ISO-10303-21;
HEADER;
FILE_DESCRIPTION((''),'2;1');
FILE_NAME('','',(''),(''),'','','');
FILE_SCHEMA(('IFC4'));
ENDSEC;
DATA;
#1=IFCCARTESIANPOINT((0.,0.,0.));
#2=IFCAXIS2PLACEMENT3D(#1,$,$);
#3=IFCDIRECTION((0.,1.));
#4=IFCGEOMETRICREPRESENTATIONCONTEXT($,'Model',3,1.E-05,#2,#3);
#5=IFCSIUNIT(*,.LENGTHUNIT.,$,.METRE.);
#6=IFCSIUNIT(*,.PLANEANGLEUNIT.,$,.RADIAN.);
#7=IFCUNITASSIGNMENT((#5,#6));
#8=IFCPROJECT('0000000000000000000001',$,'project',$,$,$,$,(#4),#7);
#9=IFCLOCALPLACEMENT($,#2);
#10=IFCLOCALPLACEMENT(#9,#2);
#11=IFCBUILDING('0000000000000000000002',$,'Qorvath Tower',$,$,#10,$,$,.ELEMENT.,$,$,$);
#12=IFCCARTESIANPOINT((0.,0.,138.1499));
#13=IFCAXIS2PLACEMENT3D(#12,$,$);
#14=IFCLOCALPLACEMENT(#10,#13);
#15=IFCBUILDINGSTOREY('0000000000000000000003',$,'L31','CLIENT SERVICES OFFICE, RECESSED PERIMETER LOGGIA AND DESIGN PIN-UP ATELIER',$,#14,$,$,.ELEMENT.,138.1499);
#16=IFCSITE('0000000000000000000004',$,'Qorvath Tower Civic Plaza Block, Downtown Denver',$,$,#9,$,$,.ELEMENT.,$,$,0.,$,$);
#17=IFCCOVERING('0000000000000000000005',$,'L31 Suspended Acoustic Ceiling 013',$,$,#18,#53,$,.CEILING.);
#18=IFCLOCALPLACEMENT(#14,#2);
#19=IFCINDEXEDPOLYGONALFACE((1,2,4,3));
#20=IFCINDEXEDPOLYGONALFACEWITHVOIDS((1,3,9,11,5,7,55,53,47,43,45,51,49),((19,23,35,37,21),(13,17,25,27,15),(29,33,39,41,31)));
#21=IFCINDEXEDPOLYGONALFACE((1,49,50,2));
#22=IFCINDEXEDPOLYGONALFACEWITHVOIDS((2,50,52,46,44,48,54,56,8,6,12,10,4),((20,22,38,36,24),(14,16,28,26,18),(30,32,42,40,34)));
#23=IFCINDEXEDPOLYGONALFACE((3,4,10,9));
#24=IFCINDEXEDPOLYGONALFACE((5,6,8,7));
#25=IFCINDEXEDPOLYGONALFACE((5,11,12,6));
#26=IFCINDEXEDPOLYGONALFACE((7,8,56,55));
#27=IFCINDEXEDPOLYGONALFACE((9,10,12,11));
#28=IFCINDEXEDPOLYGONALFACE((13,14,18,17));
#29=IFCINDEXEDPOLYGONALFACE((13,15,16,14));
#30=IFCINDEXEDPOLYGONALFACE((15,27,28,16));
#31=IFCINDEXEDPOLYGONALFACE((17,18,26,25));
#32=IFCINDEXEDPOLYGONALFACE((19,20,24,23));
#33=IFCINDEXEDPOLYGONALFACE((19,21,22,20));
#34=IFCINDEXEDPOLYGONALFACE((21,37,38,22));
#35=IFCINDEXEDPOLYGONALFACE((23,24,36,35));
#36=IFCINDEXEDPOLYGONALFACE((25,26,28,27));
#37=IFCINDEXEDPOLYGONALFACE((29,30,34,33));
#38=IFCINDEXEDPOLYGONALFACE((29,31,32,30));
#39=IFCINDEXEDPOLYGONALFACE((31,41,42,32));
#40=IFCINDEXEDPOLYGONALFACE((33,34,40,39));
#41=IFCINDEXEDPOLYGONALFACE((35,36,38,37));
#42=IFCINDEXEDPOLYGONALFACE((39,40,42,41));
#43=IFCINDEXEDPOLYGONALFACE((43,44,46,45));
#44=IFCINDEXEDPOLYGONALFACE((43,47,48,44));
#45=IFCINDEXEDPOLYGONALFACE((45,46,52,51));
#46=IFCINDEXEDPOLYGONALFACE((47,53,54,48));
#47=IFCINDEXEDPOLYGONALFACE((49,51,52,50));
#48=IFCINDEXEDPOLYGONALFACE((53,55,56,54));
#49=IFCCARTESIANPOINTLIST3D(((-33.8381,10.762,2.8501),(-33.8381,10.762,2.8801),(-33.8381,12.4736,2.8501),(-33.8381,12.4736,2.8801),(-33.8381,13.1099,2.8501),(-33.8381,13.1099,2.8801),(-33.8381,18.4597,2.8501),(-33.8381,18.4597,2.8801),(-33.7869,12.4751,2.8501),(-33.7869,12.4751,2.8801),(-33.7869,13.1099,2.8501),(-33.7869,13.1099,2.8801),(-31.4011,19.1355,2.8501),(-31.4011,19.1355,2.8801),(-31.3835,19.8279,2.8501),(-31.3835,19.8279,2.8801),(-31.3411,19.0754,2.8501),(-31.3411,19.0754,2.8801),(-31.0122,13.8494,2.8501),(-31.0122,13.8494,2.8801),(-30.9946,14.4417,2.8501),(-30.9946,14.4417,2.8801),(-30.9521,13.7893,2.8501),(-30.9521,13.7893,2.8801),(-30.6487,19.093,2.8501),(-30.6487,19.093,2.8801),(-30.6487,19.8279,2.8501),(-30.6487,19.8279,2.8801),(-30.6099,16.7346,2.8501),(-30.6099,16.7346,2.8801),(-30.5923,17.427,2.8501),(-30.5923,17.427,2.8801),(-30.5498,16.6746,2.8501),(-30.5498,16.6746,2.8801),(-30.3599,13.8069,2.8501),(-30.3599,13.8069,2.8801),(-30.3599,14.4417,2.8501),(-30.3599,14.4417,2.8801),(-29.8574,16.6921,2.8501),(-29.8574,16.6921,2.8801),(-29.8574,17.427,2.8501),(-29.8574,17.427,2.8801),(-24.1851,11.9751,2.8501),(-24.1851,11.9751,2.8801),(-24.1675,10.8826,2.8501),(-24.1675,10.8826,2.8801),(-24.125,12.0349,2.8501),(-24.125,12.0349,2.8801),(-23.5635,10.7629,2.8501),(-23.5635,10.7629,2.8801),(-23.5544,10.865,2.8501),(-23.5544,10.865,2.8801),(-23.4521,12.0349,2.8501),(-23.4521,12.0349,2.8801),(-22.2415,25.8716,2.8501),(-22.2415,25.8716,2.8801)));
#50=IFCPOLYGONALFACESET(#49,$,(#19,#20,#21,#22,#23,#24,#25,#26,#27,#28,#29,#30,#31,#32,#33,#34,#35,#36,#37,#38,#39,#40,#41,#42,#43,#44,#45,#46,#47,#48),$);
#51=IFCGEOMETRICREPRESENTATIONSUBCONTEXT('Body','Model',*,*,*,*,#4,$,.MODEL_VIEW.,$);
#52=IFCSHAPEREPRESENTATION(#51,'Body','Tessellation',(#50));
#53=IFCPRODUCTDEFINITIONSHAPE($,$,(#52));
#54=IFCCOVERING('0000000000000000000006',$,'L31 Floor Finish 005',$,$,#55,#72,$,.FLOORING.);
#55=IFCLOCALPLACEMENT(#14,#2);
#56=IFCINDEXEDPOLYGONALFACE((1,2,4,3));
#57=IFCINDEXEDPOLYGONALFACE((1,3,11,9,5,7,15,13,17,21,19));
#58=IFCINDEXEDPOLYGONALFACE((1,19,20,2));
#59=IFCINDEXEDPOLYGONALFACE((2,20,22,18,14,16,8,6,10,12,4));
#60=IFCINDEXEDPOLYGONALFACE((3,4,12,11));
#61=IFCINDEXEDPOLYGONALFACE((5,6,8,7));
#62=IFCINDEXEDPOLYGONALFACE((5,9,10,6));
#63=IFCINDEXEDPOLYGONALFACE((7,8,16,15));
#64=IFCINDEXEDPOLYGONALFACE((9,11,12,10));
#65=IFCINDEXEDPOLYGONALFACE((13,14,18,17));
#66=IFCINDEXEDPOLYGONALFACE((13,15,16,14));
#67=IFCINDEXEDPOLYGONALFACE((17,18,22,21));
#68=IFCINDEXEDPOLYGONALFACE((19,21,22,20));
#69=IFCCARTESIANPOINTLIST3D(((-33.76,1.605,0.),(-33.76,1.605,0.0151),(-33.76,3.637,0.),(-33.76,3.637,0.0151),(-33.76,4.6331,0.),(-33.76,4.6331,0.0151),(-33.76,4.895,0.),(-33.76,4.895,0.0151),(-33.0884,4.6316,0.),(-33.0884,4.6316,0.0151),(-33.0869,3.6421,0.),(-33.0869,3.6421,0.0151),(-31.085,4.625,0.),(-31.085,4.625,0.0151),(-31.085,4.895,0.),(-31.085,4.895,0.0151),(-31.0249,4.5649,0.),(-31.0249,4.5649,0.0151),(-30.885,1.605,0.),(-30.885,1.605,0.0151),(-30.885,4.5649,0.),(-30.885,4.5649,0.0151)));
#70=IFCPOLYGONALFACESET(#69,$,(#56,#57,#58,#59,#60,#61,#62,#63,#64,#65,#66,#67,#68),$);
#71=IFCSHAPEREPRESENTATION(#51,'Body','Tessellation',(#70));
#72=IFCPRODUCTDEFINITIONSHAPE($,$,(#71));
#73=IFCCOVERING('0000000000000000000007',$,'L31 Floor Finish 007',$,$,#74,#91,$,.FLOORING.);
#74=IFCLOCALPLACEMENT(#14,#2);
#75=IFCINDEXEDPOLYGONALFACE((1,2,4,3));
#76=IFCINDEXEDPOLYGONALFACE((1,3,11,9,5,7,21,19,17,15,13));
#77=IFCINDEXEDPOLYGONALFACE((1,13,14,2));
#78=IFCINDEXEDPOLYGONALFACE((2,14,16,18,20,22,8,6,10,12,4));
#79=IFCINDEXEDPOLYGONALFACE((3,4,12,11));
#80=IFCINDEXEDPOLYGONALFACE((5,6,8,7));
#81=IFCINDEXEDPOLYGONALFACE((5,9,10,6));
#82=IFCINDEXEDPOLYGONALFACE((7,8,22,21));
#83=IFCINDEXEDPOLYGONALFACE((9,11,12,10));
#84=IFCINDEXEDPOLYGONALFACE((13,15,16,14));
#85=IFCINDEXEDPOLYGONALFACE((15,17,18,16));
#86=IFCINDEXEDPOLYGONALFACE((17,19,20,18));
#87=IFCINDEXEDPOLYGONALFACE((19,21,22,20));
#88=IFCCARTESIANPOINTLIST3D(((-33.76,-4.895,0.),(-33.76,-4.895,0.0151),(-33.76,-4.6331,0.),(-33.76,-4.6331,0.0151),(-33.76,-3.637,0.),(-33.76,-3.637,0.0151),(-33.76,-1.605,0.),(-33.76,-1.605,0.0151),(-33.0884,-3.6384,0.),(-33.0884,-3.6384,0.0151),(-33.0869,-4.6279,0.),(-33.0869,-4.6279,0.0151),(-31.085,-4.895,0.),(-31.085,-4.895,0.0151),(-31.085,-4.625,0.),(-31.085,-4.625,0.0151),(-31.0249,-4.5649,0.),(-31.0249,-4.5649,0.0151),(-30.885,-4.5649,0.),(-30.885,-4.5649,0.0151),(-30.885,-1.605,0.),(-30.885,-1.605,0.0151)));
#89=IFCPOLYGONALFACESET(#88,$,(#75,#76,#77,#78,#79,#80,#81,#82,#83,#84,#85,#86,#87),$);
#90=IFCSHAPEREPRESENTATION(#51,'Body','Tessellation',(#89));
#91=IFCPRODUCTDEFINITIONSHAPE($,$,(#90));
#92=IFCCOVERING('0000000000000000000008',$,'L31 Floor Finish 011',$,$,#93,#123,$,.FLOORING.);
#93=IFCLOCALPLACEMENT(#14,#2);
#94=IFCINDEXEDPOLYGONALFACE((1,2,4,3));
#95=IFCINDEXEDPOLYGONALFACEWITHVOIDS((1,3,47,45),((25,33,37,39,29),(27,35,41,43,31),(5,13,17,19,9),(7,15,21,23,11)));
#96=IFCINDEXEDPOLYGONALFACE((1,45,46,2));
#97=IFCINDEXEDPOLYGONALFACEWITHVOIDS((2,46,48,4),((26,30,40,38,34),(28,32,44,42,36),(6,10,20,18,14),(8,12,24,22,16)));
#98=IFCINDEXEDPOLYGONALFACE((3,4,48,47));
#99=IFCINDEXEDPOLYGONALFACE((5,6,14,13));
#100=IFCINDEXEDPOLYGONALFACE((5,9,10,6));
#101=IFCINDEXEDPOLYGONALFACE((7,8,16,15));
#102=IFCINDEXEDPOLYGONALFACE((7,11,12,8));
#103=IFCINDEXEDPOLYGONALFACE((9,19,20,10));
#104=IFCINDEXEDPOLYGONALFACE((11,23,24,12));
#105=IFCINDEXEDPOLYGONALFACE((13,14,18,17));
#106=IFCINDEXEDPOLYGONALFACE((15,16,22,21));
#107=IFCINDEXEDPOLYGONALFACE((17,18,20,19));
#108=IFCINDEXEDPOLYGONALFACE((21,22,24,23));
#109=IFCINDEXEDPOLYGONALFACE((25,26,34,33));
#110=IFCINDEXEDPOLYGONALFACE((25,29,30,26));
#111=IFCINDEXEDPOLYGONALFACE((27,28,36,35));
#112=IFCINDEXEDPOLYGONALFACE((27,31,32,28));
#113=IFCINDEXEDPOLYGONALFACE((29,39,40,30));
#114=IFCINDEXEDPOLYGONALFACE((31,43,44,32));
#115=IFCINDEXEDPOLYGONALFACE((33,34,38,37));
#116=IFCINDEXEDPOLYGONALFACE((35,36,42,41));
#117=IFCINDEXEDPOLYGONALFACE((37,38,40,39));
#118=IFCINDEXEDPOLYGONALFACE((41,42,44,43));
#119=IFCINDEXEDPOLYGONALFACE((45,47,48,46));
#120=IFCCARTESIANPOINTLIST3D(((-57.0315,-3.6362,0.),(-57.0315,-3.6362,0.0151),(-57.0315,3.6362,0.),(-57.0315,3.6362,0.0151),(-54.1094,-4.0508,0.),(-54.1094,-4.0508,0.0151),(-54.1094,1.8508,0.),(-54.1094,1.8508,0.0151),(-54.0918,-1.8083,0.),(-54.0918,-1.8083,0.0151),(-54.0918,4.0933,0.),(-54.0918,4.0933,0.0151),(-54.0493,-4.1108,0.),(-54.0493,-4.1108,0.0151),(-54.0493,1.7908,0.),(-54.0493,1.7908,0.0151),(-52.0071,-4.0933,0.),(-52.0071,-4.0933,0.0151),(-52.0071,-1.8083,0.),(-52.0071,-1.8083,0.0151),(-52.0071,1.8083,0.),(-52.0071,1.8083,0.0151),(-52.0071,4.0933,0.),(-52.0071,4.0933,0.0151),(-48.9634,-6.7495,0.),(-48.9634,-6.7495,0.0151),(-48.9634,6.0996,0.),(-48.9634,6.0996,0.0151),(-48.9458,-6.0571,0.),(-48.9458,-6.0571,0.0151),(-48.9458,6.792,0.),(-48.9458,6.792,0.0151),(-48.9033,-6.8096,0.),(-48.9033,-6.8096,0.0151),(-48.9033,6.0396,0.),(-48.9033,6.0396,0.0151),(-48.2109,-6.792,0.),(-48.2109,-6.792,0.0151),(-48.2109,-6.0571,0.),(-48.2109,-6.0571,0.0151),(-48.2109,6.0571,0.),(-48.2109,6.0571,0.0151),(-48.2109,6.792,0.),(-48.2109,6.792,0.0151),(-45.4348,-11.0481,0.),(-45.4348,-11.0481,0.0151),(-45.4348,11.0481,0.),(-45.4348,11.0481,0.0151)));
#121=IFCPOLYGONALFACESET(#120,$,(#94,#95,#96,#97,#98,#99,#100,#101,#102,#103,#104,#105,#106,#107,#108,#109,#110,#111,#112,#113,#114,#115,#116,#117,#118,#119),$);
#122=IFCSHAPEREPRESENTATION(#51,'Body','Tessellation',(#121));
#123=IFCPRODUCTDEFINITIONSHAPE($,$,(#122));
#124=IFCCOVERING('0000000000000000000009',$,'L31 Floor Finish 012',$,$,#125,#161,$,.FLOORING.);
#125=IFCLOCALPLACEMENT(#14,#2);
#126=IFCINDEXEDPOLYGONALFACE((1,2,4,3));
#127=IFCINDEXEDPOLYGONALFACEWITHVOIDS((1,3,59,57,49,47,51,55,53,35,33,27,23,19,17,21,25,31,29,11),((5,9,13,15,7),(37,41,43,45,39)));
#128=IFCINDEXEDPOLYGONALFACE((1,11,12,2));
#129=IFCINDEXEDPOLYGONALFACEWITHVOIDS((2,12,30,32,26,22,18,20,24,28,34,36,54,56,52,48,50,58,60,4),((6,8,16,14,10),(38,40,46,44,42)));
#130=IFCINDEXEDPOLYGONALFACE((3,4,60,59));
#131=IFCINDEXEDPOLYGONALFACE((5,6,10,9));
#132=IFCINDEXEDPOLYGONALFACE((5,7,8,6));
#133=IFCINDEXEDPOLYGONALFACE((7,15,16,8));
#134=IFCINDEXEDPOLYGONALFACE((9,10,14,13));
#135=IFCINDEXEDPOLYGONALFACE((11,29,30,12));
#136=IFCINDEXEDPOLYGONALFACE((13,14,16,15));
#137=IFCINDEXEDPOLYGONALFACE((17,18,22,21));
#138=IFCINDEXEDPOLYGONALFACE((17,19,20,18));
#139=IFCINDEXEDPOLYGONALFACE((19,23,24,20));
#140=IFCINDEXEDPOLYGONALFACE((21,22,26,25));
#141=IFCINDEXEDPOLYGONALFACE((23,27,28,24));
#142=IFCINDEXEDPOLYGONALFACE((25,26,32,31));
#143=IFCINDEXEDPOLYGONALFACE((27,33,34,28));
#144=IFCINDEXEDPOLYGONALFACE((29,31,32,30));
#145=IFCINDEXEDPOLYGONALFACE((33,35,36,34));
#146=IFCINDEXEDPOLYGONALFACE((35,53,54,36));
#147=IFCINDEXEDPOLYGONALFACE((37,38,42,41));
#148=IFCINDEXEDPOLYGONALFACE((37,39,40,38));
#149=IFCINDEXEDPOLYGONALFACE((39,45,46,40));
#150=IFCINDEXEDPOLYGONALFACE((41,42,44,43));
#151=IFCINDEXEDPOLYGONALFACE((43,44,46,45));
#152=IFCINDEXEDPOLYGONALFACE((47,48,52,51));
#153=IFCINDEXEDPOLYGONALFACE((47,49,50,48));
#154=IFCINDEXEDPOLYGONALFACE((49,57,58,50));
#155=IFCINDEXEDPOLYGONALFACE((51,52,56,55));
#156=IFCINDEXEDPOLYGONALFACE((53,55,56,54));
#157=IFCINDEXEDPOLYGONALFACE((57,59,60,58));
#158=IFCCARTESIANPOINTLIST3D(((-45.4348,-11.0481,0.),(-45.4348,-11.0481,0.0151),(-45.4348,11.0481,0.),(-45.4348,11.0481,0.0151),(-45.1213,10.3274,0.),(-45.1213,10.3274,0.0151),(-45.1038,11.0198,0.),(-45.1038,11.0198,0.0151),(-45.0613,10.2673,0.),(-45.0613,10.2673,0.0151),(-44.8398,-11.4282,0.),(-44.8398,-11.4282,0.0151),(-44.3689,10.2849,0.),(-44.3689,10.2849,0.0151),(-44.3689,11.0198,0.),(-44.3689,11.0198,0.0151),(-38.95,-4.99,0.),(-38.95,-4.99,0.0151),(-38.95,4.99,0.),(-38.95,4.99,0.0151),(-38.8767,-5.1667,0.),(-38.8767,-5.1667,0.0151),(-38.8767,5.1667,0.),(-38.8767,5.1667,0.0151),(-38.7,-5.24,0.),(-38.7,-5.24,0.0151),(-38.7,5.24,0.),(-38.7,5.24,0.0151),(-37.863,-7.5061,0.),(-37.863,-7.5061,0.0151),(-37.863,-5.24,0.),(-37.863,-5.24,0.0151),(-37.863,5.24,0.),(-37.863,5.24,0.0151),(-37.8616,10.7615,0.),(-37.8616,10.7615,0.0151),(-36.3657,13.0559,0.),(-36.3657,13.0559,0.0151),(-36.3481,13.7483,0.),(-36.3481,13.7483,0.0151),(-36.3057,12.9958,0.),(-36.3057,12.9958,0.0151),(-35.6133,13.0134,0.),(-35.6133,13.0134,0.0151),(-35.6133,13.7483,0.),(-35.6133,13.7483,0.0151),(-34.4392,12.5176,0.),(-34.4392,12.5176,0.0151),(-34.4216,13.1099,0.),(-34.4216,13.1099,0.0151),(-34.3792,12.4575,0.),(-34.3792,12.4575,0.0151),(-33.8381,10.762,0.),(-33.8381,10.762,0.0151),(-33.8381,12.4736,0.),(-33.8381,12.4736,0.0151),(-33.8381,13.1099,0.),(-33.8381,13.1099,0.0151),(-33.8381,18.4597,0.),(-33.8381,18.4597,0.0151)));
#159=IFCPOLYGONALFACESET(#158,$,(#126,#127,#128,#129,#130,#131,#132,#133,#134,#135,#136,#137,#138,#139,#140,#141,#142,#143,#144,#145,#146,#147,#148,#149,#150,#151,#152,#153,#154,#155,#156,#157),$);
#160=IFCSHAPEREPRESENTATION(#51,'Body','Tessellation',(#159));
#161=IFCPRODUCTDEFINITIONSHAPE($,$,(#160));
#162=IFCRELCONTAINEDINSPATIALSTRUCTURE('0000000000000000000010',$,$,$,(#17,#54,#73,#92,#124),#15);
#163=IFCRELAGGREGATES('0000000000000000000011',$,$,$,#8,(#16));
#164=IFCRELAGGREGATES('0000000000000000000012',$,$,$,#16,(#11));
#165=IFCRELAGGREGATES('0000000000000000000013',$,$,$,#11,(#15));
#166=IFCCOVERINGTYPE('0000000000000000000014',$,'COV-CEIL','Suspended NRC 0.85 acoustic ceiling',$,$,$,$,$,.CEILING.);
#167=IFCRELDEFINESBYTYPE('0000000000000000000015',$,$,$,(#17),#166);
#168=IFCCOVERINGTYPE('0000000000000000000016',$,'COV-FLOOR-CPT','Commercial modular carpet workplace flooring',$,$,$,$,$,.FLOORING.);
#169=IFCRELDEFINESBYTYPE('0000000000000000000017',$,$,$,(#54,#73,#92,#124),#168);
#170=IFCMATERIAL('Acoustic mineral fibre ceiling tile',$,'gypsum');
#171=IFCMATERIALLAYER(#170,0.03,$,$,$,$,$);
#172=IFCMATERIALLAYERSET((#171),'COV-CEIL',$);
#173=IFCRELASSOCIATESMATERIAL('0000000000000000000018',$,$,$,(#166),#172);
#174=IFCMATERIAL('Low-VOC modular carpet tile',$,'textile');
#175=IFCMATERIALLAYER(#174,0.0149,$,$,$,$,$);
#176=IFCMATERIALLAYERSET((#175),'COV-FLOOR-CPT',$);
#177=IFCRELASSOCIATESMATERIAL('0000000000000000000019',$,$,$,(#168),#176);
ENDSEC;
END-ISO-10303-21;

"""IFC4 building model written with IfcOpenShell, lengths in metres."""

from ifc_helpers import new_model, si_unit, direction, frame, origin, place, context, subcontext, project, spatial, polyline, outline, extrude, material, layer, layer_set, type_object, element, save


model = new_model("IFC4")

# Units and contexts
model_context = context("Model", 3, precision=1e-05, world=origin(), true_north=direction((0.0, 1.0)))
body_context = subcontext(model_context, "Body", "Model", "MODEL_VIEW")
ifc_project = project(units=[si_unit("LENGTHUNIT", "METRE"), si_unit("PLANEANGLEUNIT", "RADIAN")], contexts=[model_context])

# Site, building, storey
site_placement = place(None, origin())
site = spatial("IfcSite", under=ifc_project, at=site_placement, Name="Qorvath Tower Civic Plaza Block, Downtown Denver", CompositionType="ELEMENT", RefElevation=0.0)
building_placement = place(site_placement, origin())
building = spatial("IfcBuilding", under=site, at=building_placement, Name="Qorvath Tower", CompositionType="ELEMENT")
storey_placement = place(building_placement, frame((0.0, 0.0, 138.1499)))
storey = spatial("IfcBuildingStorey", under=building, at=storey_placement, Name="L31", Description="CLIENT SERVICES OFFICE, RECESSED PERIMETER LOGGIA AND DESIGN PIN-UP ATELIER", CompositionType="ELEMENT", Elevation=138.1499)

# Coverings
ifc_material_1 = material(Name="Acoustic mineral fibre ceiling tile", Category="gypsum")
ifc_layer_1 = layer(ifc_material_1, 0.03)
ifc_layer_set_1 = layer_set([ifc_layer_1], Name="COV-CEIL")
covering_type_1 = type_object("IfcCoveringType", Name="COV-CEIL", Description="Suspended NRC 0.85 acoustic ceiling", PredefinedType="CEILING", material=ifc_layer_set_1)
covering_1_placement = place(storey_placement, frame((0.0, 0.0, 2.8501)))
element("IfcCovering", 1, at=covering_1_placement, inside=storey, type_object=covering_type_1, Name="L31 Suspended Acoustic Ceiling 013", PredefinedType="CEILING", context=body_context, shape_type="SweptSolid", body=[
    extrude(outline(polyline([(-33.8381, 18.4597), (-33.8381, 13.1099), (-33.7869, 13.1099), (-33.7869, 12.4751), (-33.8381, 12.4736), (-33.8381, 10.762), (-23.5635, 10.7629), (-23.5544, 10.865), (-24.1675, 10.8826), (-24.1851, 11.9751), (-24.125, 12.0349), (-23.4521, 12.0349), (-22.2415, 25.8716), (-33.8381, 18.4597)]), holes=[polyline([(-30.6099, 16.7346), (-30.5923, 17.427), (-29.8574, 17.427), (-29.8574, 16.6921), (-30.5498, 16.6746), (-30.6099, 16.7346)]), polyline([(-31.0122, 13.8494), (-30.9946, 14.4417), (-30.3599, 14.4417), (-30.3599, 13.8069), (-30.9521, 13.7893), (-31.0122, 13.8494)]), polyline([(-31.4011, 19.1355), (-31.3835, 19.8279), (-30.6487, 19.8279), (-30.6487, 19.093), (-31.3411, 19.0754), (-31.4011, 19.1355)])]), origin(), (0.0, 0.0, 1.0), 0.03),
])
ifc_material_2 = material(Name="Low-VOC modular carpet tile", Category="textile")
ifc_layer_2 = layer(ifc_material_2, 0.0149)
ifc_layer_set_2 = layer_set([ifc_layer_2], Name="COV-FLOOR-CPT")
covering_type_2 = type_object("IfcCoveringType", Name="COV-FLOOR-CPT", Description="Commercial modular carpet workplace flooring", PredefinedType="FLOORING", material=ifc_layer_set_2)
covering_2_placement = place(storey_placement, origin())
element("IfcCovering", 2, at=covering_2_placement, inside=storey, type_object=covering_type_2, Name="L31 Floor Finish 005", PredefinedType="FLOORING", context=body_context, shape_type="SweptSolid", body=[
    extrude(outline(polyline([(-31.085, 4.895), (-33.76, 4.895), (-33.76, 4.6331), (-33.0884, 4.6316), (-33.0869, 3.6421), (-33.76, 3.637), (-33.76, 1.605), (-30.885, 1.605), (-30.885, 4.5649), (-31.0249, 4.5649), (-31.085, 4.625), (-31.085, 4.895)])), origin(), (0.0, 0.0, 1.0), 0.0151),
])
covering_3_placement = place(storey_placement, origin())
element("IfcCovering", 3, at=covering_3_placement, inside=storey, type_object=covering_type_2, Name="L31 Floor Finish 007", PredefinedType="FLOORING", context=body_context, shape_type="SweptSolid", body=[
    extrude(outline(polyline([(-30.885, -4.5649), (-30.885, -1.605), (-33.76, -1.605), (-33.76, -3.637), (-33.0884, -3.6384), (-33.0869, -4.6279), (-33.76, -4.6331), (-33.76, -4.895), (-31.085, -4.895), (-31.085, -4.625), (-31.0249, -4.5649), (-30.885, -4.5649)])), origin(), (0.0, 0.0, 1.0), 0.0151),
])
covering_4_placement = place(storey_placement, origin())
element("IfcCovering", 4, at=covering_4_placement, inside=storey, type_object=covering_type_2, Name="L31 Floor Finish 011", PredefinedType="FLOORING", context=body_context, shape_type="SweptSolid", body=[
    extrude(outline(polyline([(-57.0315, 3.6362), (-57.0315, -3.6362), (-45.4348, -11.0481), (-45.4348, 11.0481), (-57.0315, 3.6362)]), holes=[polyline([(-48.9634, -6.7495), (-48.9458, -6.0571), (-48.2109, -6.0571), (-48.2109, -6.792), (-48.9033, -6.8096), (-48.9634, -6.7495)]), polyline([(-48.9634, 6.0996), (-48.9458, 6.792), (-48.2109, 6.792), (-48.2109, 6.0571), (-48.9033, 6.0396), (-48.9634, 6.0996)]), polyline([(-54.1094, -4.0508), (-54.0918, -1.8083), (-52.0071, -1.8083), (-52.0071, -4.0933), (-54.0493, -4.1108), (-54.1094, -4.0508)]), polyline([(-54.1094, 1.8508), (-54.0918, 4.0933), (-52.0071, 4.0933), (-52.0071, 1.8083), (-54.0493, 1.7908), (-54.1094, 1.8508)])]), origin(), (0.0, 0.0, 1.0), 0.0151),
])
covering_5_placement = place(storey_placement, origin())
element("IfcCovering", 5, at=covering_5_placement, inside=storey, type_object=covering_type_2, Name="L31 Floor Finish 012", PredefinedType="FLOORING", context=body_context, shape_type="SweptSolid", body=[
    extrude(outline(polyline([(-45.4348, 11.0481), (-45.4348, -11.0481), (-44.8398, -11.4282), (-37.863, -7.5061), (-37.863, -5.24), (-38.7, -5.24), (-38.8767, -5.1667), (-38.95, -4.99), (-38.95, 4.99), (-38.8767, 5.1667), (-38.7, 5.24), (-37.863, 5.24), (-37.8616, 10.7615), (-33.8381, 10.762), (-33.8381, 12.4736), (-34.3792, 12.4575), (-34.4392, 12.5176), (-34.4216, 13.1099), (-33.8381, 13.1099), (-33.8381, 18.4597), (-45.4348, 11.0481)]), holes=[polyline([(-36.3657, 13.0559), (-36.3481, 13.7483), (-35.6133, 13.7483), (-35.6133, 13.0134), (-36.3057, 12.9958), (-36.3657, 13.0559)]), polyline([(-45.1213, 10.3274), (-45.1038, 11.0198), (-44.3689, 11.0198), (-44.3689, 10.2849), (-45.0613, 10.2673), (-45.1213, 10.3274)])]), origin(), (0.0, 0.0, 1.0), 0.0151),
])

save(model, "model.ifc")
